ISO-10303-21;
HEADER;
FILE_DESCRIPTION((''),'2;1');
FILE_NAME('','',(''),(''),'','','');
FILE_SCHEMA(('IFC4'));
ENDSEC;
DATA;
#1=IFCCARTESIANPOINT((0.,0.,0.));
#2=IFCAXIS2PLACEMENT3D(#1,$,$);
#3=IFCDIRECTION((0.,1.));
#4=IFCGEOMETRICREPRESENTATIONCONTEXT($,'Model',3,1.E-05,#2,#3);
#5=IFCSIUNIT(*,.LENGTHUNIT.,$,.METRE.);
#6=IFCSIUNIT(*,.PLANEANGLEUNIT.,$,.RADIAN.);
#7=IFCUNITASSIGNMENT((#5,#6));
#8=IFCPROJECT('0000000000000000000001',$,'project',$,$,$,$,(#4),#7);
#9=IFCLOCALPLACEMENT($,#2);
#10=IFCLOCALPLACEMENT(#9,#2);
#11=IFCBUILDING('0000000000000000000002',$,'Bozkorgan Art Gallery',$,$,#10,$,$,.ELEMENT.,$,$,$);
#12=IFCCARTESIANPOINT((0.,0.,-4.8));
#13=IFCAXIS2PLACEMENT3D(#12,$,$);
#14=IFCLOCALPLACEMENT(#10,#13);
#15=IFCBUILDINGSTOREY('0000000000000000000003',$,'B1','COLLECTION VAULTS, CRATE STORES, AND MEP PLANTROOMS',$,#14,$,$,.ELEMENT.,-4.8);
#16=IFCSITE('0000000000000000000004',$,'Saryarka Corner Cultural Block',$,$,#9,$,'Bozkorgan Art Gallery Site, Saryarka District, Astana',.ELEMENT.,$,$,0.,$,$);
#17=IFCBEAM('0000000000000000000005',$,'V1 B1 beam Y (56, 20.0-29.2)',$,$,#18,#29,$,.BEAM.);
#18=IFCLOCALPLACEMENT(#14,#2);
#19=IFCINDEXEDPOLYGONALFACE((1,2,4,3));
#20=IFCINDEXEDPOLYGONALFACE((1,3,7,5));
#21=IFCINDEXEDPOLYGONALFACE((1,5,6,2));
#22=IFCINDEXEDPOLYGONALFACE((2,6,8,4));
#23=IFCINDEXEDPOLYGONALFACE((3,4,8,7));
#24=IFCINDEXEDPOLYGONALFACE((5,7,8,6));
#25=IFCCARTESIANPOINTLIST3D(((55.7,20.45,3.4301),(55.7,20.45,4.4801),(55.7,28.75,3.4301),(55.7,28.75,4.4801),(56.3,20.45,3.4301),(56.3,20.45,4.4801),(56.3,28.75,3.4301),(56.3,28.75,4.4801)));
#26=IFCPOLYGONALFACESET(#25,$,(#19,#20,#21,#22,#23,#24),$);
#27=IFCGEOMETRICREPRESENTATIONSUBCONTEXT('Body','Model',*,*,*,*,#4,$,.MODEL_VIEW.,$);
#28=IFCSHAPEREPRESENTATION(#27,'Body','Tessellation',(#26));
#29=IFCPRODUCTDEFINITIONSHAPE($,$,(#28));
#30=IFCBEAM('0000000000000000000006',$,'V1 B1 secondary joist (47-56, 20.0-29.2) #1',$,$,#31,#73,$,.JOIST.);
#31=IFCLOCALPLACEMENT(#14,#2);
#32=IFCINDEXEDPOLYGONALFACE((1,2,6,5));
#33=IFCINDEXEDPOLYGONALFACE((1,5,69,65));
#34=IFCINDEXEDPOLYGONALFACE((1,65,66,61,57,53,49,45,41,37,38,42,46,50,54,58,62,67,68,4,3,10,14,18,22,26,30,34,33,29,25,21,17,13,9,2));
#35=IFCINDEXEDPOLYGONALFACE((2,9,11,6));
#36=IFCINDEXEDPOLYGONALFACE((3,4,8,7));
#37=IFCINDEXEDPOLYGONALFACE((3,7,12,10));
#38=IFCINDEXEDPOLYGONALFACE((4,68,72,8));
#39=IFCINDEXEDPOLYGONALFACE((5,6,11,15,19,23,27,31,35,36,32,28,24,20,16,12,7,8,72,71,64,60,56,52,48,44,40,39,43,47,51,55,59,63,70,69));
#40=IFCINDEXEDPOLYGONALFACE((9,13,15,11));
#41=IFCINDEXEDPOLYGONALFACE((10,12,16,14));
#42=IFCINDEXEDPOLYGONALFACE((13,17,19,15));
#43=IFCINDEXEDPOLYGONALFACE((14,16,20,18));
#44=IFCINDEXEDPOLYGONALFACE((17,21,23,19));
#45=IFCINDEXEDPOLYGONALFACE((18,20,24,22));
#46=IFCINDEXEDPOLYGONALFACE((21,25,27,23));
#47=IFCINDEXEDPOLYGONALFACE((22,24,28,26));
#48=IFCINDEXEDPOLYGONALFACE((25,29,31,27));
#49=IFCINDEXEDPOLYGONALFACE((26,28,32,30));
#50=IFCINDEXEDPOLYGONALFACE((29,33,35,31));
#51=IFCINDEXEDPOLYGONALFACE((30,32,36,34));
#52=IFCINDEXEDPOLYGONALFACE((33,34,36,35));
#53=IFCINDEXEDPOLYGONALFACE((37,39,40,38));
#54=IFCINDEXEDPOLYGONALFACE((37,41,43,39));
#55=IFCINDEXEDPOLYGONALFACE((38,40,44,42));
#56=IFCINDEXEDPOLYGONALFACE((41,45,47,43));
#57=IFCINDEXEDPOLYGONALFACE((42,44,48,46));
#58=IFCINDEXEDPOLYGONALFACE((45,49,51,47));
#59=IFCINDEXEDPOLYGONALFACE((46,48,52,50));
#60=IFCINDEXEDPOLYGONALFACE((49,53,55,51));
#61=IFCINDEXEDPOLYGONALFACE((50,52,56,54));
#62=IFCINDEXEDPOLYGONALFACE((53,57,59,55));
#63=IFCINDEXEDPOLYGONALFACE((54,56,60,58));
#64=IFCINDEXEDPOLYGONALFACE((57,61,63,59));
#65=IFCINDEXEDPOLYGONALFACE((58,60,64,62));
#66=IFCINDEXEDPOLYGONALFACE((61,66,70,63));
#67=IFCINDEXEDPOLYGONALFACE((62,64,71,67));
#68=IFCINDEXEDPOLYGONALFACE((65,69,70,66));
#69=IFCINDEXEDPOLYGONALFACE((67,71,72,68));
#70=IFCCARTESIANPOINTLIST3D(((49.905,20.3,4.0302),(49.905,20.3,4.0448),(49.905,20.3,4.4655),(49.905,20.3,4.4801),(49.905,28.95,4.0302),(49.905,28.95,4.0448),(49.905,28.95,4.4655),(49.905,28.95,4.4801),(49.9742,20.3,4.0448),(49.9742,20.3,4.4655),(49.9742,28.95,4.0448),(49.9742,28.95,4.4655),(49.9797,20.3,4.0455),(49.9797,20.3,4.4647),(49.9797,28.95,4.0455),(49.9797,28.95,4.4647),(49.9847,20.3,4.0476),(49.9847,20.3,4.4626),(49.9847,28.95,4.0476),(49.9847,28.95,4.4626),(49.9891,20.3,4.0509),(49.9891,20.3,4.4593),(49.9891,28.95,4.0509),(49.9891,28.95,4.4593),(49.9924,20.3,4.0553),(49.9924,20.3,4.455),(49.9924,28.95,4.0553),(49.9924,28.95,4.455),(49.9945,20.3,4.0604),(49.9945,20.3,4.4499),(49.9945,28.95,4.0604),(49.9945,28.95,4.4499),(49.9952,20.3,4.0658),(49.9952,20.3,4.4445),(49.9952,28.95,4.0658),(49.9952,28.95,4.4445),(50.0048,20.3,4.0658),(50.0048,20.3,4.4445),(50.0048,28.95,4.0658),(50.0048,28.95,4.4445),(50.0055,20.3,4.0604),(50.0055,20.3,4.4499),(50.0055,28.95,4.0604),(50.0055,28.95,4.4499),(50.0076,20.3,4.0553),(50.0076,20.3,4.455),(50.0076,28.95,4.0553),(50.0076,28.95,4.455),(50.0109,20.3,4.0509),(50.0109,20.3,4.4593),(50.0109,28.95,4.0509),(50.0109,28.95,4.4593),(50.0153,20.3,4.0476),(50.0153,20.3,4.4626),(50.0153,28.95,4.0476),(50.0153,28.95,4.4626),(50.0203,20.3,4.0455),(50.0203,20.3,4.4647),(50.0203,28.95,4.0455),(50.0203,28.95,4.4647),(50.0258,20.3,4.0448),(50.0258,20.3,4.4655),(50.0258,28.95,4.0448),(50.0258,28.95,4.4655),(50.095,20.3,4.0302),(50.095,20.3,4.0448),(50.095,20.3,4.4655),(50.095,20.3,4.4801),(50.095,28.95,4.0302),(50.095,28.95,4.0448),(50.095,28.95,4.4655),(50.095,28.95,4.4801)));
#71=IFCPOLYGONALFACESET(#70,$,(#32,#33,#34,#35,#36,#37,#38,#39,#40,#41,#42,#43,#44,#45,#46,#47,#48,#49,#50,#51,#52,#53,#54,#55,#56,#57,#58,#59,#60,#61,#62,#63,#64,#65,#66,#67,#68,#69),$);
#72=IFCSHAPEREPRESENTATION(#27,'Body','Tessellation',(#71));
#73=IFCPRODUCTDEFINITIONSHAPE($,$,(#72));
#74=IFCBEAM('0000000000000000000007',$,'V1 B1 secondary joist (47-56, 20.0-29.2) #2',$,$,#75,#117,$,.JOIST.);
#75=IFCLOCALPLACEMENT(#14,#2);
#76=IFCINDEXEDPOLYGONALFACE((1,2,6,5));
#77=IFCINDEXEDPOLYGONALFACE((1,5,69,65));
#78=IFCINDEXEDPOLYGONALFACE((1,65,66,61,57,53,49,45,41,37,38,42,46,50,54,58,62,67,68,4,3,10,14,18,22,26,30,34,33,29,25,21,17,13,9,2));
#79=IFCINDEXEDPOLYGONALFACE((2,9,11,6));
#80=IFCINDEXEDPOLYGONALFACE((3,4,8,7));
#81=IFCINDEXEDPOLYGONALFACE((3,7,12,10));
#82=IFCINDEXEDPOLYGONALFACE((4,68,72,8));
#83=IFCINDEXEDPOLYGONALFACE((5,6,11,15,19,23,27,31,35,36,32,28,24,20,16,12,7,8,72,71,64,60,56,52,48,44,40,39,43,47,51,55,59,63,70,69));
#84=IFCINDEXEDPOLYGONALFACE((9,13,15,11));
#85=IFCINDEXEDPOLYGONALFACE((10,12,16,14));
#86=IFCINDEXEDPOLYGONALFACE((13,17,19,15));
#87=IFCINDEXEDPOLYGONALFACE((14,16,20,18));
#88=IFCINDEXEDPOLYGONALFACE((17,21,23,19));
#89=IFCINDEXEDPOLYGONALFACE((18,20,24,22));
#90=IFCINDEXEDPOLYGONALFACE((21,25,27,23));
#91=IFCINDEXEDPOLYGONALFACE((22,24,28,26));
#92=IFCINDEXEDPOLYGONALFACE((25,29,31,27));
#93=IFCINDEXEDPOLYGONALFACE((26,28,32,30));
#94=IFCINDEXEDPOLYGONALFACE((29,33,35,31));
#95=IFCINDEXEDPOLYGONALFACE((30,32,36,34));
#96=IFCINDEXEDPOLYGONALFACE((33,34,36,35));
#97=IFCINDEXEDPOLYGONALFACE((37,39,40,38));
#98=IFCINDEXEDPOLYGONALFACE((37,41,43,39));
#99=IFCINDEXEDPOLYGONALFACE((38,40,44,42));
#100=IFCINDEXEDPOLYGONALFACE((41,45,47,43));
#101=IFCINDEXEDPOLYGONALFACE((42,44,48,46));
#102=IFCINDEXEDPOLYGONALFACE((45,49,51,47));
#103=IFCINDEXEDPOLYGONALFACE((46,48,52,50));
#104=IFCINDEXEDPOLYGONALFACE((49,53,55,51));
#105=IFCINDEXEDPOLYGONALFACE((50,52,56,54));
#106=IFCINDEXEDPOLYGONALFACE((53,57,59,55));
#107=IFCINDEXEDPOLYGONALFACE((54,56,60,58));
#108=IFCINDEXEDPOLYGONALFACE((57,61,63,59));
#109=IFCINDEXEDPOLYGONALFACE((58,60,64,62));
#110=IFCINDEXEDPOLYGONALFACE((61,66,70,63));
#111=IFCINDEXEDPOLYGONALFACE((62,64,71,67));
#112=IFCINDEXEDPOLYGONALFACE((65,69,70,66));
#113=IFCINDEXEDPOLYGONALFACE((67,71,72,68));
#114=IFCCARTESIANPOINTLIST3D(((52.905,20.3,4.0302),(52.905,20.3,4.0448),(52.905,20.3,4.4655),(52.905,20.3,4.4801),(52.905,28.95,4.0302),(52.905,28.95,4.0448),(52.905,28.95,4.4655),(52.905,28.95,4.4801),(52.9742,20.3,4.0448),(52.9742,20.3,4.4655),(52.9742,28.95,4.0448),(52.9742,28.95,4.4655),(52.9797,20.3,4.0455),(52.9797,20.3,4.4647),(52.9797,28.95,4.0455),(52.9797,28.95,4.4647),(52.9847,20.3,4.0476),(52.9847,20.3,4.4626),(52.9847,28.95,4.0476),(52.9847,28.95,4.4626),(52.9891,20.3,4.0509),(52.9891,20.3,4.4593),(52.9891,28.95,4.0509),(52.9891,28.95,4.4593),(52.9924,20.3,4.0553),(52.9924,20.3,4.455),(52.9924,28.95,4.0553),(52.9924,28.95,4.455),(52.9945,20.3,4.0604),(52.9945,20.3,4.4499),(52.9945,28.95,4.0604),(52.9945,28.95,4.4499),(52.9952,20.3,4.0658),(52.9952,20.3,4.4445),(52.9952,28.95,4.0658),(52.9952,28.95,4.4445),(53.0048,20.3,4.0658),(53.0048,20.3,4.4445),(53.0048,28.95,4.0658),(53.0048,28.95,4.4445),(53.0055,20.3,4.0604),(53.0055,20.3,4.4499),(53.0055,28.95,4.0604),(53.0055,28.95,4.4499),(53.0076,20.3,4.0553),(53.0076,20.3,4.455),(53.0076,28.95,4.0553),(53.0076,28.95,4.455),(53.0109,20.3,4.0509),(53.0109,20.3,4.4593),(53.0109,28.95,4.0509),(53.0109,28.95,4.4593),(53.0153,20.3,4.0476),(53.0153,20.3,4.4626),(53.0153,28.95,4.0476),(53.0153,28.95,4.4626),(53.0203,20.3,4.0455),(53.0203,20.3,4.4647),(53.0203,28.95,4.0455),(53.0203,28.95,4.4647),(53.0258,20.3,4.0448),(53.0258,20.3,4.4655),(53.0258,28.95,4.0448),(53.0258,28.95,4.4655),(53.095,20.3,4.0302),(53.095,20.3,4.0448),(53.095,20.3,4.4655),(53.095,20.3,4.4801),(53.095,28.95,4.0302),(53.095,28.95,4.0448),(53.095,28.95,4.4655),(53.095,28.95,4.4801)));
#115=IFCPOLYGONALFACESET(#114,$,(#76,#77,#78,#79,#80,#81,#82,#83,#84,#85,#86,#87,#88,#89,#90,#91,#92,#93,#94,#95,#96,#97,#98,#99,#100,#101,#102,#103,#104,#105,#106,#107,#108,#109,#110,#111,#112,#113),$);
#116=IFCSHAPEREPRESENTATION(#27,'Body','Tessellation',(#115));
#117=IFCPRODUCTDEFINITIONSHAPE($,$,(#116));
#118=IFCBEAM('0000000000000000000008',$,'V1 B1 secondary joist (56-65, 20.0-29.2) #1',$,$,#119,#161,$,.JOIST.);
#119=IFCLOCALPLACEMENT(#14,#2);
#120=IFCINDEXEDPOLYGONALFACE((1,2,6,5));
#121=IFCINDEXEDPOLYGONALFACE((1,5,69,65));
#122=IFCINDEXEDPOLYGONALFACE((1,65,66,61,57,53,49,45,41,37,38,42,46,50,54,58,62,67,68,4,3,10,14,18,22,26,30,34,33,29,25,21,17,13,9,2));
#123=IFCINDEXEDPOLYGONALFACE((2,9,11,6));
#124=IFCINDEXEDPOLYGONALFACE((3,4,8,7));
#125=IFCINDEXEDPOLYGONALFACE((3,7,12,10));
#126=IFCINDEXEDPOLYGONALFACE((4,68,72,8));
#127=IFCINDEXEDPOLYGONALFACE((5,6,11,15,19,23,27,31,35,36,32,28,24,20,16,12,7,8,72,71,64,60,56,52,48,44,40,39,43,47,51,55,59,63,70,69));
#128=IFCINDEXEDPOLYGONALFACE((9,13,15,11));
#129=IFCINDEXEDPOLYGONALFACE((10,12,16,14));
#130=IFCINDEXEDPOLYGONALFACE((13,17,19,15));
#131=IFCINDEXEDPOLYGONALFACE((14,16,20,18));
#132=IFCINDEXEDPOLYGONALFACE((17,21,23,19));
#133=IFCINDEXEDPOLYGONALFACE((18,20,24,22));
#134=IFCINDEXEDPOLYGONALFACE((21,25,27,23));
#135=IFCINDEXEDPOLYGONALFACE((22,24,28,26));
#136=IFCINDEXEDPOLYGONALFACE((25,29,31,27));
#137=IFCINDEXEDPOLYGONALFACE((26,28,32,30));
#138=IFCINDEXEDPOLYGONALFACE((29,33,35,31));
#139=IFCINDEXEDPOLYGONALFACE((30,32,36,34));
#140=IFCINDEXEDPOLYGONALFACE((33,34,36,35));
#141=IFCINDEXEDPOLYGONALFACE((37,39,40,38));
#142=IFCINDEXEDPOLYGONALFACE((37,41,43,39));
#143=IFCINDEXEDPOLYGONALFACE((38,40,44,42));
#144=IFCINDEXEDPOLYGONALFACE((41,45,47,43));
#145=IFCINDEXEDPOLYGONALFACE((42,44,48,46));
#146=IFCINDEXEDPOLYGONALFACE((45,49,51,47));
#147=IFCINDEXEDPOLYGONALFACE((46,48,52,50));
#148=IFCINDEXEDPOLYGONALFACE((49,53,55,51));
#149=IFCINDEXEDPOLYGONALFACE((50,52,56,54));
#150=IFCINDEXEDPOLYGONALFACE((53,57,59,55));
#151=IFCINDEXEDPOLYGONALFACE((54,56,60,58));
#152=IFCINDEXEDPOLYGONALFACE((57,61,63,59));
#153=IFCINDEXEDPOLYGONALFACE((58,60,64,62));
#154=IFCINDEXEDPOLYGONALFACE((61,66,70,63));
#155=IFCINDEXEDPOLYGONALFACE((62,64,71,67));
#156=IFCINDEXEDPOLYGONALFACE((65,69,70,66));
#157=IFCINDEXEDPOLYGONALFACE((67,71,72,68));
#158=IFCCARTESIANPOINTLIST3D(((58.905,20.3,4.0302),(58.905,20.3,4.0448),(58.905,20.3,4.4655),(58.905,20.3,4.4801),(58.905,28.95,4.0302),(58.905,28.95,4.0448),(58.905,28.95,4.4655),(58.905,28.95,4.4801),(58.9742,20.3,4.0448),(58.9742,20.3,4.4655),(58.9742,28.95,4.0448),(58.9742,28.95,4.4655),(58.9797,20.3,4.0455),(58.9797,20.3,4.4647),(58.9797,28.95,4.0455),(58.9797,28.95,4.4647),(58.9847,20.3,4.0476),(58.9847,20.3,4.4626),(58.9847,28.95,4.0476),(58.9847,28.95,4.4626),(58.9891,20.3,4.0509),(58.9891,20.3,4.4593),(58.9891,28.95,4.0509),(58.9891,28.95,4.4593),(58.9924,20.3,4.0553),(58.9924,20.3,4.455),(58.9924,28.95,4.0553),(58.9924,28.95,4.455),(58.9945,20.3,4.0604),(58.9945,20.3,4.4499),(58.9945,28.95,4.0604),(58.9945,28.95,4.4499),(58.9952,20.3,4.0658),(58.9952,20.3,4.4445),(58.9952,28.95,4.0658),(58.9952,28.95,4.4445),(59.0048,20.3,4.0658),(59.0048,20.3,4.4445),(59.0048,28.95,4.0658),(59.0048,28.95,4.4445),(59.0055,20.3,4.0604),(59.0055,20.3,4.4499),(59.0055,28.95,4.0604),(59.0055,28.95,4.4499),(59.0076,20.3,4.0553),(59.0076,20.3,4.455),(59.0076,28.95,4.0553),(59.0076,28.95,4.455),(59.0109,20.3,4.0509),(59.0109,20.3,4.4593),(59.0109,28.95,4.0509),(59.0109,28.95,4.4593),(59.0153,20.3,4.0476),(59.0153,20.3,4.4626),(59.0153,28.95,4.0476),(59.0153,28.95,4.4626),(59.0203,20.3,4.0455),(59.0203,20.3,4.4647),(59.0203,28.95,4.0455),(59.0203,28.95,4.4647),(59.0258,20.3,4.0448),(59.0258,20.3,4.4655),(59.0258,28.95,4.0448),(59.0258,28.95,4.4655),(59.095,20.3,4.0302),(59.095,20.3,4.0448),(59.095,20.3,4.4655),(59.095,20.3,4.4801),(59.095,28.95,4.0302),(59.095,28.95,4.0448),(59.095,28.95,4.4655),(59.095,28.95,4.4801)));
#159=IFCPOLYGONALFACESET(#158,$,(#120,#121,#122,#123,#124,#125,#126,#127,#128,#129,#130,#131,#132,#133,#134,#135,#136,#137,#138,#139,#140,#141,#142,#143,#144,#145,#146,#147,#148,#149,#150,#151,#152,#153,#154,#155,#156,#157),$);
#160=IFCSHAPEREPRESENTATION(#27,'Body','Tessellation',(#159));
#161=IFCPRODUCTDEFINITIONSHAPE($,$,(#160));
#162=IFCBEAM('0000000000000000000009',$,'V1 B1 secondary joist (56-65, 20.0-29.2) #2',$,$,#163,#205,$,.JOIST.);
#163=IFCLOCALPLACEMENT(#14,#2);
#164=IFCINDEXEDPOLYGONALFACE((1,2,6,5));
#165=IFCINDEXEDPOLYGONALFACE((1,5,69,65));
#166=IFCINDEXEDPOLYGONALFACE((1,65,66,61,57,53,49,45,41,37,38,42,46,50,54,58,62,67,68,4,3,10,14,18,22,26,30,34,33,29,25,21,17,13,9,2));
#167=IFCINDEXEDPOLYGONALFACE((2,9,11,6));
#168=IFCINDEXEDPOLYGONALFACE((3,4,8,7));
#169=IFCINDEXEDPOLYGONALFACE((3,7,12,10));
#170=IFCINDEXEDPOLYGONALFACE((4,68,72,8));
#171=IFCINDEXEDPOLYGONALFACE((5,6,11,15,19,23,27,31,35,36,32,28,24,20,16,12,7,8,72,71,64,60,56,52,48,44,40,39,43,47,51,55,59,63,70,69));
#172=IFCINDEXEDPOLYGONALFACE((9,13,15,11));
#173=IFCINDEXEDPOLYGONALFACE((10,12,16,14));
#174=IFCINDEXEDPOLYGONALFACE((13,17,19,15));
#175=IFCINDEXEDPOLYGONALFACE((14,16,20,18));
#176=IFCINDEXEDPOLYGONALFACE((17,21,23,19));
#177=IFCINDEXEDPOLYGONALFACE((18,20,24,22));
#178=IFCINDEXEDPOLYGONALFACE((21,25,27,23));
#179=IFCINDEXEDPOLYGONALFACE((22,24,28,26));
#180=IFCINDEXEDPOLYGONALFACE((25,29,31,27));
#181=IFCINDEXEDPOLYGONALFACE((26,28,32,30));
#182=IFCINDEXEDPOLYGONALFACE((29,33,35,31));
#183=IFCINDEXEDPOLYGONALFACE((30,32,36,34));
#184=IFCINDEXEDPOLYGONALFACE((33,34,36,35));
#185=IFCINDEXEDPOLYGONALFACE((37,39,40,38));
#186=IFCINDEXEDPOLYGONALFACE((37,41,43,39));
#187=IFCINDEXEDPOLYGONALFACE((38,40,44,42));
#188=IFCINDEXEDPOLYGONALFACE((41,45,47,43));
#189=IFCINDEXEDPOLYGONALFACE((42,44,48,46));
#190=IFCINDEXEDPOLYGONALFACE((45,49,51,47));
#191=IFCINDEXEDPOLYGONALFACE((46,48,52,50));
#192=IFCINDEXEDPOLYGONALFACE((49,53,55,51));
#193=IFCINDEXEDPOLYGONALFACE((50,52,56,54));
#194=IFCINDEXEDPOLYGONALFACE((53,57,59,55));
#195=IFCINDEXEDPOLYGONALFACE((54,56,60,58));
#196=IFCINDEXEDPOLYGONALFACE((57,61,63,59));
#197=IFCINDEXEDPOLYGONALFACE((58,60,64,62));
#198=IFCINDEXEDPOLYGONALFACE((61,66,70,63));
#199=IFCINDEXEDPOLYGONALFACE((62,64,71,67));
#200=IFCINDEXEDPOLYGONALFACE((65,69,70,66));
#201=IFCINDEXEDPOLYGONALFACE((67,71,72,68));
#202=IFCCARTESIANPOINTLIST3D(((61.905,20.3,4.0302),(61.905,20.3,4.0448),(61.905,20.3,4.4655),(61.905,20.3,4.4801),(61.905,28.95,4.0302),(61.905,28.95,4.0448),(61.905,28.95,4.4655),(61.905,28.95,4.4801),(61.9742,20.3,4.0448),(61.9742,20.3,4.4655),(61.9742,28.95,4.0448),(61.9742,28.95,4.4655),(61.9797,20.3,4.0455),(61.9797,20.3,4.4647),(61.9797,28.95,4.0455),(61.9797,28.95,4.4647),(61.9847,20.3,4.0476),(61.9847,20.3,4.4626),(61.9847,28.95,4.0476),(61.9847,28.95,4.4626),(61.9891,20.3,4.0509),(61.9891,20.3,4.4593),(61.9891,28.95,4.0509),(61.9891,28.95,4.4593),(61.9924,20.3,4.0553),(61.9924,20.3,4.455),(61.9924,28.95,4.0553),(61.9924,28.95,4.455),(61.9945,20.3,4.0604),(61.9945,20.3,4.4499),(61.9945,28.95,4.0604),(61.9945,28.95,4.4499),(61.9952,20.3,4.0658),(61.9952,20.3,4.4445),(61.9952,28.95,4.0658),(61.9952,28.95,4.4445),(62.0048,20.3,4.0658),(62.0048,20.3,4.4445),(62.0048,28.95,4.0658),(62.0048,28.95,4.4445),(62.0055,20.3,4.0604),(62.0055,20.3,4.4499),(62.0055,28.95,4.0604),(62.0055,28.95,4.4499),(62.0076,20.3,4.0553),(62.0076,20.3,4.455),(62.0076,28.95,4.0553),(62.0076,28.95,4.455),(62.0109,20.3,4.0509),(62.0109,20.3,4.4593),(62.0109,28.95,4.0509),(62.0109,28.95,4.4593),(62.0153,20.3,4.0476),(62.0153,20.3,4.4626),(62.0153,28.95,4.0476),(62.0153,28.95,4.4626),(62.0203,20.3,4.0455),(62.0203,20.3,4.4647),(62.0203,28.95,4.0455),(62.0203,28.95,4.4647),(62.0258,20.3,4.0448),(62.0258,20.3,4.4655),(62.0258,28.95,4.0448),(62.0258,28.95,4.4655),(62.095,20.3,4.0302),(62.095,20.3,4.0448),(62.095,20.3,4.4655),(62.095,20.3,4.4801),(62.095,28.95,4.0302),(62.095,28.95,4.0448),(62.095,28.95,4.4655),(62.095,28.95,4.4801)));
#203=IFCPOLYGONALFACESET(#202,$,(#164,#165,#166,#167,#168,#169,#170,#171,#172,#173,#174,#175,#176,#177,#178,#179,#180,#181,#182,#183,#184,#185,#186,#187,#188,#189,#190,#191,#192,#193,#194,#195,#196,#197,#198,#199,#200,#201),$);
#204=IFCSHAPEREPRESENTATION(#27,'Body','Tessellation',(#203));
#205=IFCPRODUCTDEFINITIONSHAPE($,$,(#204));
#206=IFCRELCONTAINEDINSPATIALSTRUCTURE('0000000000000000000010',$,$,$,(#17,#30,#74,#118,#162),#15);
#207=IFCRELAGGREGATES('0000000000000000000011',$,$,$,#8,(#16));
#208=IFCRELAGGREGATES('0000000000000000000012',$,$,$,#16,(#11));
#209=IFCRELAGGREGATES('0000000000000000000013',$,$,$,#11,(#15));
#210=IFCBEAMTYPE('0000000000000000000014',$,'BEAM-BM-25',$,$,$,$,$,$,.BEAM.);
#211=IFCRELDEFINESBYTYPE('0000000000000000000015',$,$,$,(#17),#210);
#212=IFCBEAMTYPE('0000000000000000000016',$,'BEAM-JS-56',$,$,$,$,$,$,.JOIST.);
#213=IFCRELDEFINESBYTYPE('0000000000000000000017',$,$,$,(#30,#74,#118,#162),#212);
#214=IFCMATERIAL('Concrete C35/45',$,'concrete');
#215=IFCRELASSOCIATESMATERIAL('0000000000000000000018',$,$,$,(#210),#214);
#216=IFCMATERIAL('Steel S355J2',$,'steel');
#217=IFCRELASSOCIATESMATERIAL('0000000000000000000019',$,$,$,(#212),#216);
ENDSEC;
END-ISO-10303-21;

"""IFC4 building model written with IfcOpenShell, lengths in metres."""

from ifc_helpers import new_model, si_unit, direction, frame, origin, origin_2d, place, context, subcontext, project, spatial, rectangle, i_section, extrude, material, material_profile, profile_set, type_object, element, save


model = new_model("IFC4")

# Units and contexts
model_context = context("Model", 3, precision=1e-05, world=origin(), true_north=direction((0.0, 1.0)))
body_context = subcontext(model_context, "Body", "Model", "MODEL_VIEW")
ifc_project = project(units=[si_unit("LENGTHUNIT", "METRE"), si_unit("PLANEANGLEUNIT", "RADIAN")], contexts=[model_context])

# Site, building, storey
site_placement = place(None, origin())
site = spatial("IfcSite", under=ifc_project, at=site_placement, Name="Saryarka Corner Cultural Block", LongName="Bozkorgan Art Gallery Site, Saryarka District, Astana", CompositionType="ELEMENT", RefElevation=0.0)
building_placement = place(site_placement, origin())
building = spatial("IfcBuilding", under=site, at=building_placement, Name="Bozkorgan Art Gallery", CompositionType="ELEMENT")
storey_placement = place(building_placement, frame((0.0, 0.0, -4.8)))
storey = spatial("IfcBuildingStorey", under=building, at=storey_placement, Name="B1", Description="COLLECTION VAULTS, CRATE STORES, AND MEP PLANTROOMS", CompositionType="ELEMENT", Elevation=-4.8)

# Beams
ifc_material_1 = material(Name="Concrete C35/45", Category="concrete")
ifc_material_profile_1 = material_profile(ifc_material_1, rectangle(XDim=0.6001, YDim=1.05, at=origin_2d()), Name="RC 600x1050")
ifc_profile_set_1 = profile_set([ifc_material_profile_1], Name="Concrete C35/45")
beam_type_1 = type_object("IfcBeamType", Name="BEAM-BM-25", PredefinedType="BEAM", material=ifc_profile_set_1)
beam_1_placement = place(storey_placement, frame((56.0, 20.45, 3.9551), z_axis=(0.0, 1.0, 0.0), x_axis=(-1.0, 0.0, 0.0)))
element("IfcBeam", 1, at=beam_1_placement, inside=storey, type_object=beam_type_1, Name="V1 B1 beam Y (56, 20.0-29.2)", PredefinedType="BEAM", context=body_context, shape_type="SweptSolid", body=[
    extrude(rectangle(XDim=0.6001, YDim=1.05, at=origin_2d()), origin(), (0.0, 0.0, 1.0), 8.3),
])
ifc_material_2 = material(Name="Steel S355J2", Category="steel")
ifc_material_profile_2 = material_profile(ifc_material_2, i_section(OverallWidth=0.1899, OverallDepth=0.45, WebThickness=0.0095, FlangeThickness=0.0146, FilletRadius=0.021, at=origin_2d()), Name="IPE 450")
ifc_profile_set_2 = profile_set([ifc_material_profile_2], Name="Steel S355J2")
beam_type_2 = type_object("IfcBeamType", Name="BEAM-JS-56", PredefinedType="JOIST", material=ifc_profile_set_2)
for number, where, z_axis, x_axis, name in (
    (2, (50.0, 20.3, 4.2551), (0.0, 1.0, 0.0), (-1.0, 0.0, 0.0), "V1 B1 secondary joist (47-56, 20.0-29.2) #1"),
    (3, (53.0, 20.3, 4.2551), (0.0, 1.0, 0.0), (-1.0, 0.0, 0.0), "V1 B1 secondary joist (47-56, 20.0-29.2) #2"),
    (4, (59.0, 20.3, 4.2551), (0.0, 1.0, 0.0), (-1.0, 0.0, 0.0), "V1 B1 secondary joist (56-65, 20.0-29.2) #1"),
    (5, (62.0, 20.3, 4.2551), (0.0, 1.0, 0.0), (-1.0, 0.0, 0.0), "V1 B1 secondary joist (56-65, 20.0-29.2) #2"),
):
    element("IfcBeam", number, at=place(storey_placement, frame(where, z_axis=z_axis, x_axis=x_axis)), inside=storey, type_object=beam_type_2, Name=name, PredefinedType="JOIST", context=body_context, shape_type="SweptSolid", body=[
        extrude(i_section(OverallWidth=0.1899, OverallDepth=0.45, WebThickness=0.0095, FlangeThickness=0.0146, FilletRadius=0.021, at=origin_2d()), origin(), (0.0, 0.0, 1.0), 8.6499),
    ])

save(model, "model.ifc")
